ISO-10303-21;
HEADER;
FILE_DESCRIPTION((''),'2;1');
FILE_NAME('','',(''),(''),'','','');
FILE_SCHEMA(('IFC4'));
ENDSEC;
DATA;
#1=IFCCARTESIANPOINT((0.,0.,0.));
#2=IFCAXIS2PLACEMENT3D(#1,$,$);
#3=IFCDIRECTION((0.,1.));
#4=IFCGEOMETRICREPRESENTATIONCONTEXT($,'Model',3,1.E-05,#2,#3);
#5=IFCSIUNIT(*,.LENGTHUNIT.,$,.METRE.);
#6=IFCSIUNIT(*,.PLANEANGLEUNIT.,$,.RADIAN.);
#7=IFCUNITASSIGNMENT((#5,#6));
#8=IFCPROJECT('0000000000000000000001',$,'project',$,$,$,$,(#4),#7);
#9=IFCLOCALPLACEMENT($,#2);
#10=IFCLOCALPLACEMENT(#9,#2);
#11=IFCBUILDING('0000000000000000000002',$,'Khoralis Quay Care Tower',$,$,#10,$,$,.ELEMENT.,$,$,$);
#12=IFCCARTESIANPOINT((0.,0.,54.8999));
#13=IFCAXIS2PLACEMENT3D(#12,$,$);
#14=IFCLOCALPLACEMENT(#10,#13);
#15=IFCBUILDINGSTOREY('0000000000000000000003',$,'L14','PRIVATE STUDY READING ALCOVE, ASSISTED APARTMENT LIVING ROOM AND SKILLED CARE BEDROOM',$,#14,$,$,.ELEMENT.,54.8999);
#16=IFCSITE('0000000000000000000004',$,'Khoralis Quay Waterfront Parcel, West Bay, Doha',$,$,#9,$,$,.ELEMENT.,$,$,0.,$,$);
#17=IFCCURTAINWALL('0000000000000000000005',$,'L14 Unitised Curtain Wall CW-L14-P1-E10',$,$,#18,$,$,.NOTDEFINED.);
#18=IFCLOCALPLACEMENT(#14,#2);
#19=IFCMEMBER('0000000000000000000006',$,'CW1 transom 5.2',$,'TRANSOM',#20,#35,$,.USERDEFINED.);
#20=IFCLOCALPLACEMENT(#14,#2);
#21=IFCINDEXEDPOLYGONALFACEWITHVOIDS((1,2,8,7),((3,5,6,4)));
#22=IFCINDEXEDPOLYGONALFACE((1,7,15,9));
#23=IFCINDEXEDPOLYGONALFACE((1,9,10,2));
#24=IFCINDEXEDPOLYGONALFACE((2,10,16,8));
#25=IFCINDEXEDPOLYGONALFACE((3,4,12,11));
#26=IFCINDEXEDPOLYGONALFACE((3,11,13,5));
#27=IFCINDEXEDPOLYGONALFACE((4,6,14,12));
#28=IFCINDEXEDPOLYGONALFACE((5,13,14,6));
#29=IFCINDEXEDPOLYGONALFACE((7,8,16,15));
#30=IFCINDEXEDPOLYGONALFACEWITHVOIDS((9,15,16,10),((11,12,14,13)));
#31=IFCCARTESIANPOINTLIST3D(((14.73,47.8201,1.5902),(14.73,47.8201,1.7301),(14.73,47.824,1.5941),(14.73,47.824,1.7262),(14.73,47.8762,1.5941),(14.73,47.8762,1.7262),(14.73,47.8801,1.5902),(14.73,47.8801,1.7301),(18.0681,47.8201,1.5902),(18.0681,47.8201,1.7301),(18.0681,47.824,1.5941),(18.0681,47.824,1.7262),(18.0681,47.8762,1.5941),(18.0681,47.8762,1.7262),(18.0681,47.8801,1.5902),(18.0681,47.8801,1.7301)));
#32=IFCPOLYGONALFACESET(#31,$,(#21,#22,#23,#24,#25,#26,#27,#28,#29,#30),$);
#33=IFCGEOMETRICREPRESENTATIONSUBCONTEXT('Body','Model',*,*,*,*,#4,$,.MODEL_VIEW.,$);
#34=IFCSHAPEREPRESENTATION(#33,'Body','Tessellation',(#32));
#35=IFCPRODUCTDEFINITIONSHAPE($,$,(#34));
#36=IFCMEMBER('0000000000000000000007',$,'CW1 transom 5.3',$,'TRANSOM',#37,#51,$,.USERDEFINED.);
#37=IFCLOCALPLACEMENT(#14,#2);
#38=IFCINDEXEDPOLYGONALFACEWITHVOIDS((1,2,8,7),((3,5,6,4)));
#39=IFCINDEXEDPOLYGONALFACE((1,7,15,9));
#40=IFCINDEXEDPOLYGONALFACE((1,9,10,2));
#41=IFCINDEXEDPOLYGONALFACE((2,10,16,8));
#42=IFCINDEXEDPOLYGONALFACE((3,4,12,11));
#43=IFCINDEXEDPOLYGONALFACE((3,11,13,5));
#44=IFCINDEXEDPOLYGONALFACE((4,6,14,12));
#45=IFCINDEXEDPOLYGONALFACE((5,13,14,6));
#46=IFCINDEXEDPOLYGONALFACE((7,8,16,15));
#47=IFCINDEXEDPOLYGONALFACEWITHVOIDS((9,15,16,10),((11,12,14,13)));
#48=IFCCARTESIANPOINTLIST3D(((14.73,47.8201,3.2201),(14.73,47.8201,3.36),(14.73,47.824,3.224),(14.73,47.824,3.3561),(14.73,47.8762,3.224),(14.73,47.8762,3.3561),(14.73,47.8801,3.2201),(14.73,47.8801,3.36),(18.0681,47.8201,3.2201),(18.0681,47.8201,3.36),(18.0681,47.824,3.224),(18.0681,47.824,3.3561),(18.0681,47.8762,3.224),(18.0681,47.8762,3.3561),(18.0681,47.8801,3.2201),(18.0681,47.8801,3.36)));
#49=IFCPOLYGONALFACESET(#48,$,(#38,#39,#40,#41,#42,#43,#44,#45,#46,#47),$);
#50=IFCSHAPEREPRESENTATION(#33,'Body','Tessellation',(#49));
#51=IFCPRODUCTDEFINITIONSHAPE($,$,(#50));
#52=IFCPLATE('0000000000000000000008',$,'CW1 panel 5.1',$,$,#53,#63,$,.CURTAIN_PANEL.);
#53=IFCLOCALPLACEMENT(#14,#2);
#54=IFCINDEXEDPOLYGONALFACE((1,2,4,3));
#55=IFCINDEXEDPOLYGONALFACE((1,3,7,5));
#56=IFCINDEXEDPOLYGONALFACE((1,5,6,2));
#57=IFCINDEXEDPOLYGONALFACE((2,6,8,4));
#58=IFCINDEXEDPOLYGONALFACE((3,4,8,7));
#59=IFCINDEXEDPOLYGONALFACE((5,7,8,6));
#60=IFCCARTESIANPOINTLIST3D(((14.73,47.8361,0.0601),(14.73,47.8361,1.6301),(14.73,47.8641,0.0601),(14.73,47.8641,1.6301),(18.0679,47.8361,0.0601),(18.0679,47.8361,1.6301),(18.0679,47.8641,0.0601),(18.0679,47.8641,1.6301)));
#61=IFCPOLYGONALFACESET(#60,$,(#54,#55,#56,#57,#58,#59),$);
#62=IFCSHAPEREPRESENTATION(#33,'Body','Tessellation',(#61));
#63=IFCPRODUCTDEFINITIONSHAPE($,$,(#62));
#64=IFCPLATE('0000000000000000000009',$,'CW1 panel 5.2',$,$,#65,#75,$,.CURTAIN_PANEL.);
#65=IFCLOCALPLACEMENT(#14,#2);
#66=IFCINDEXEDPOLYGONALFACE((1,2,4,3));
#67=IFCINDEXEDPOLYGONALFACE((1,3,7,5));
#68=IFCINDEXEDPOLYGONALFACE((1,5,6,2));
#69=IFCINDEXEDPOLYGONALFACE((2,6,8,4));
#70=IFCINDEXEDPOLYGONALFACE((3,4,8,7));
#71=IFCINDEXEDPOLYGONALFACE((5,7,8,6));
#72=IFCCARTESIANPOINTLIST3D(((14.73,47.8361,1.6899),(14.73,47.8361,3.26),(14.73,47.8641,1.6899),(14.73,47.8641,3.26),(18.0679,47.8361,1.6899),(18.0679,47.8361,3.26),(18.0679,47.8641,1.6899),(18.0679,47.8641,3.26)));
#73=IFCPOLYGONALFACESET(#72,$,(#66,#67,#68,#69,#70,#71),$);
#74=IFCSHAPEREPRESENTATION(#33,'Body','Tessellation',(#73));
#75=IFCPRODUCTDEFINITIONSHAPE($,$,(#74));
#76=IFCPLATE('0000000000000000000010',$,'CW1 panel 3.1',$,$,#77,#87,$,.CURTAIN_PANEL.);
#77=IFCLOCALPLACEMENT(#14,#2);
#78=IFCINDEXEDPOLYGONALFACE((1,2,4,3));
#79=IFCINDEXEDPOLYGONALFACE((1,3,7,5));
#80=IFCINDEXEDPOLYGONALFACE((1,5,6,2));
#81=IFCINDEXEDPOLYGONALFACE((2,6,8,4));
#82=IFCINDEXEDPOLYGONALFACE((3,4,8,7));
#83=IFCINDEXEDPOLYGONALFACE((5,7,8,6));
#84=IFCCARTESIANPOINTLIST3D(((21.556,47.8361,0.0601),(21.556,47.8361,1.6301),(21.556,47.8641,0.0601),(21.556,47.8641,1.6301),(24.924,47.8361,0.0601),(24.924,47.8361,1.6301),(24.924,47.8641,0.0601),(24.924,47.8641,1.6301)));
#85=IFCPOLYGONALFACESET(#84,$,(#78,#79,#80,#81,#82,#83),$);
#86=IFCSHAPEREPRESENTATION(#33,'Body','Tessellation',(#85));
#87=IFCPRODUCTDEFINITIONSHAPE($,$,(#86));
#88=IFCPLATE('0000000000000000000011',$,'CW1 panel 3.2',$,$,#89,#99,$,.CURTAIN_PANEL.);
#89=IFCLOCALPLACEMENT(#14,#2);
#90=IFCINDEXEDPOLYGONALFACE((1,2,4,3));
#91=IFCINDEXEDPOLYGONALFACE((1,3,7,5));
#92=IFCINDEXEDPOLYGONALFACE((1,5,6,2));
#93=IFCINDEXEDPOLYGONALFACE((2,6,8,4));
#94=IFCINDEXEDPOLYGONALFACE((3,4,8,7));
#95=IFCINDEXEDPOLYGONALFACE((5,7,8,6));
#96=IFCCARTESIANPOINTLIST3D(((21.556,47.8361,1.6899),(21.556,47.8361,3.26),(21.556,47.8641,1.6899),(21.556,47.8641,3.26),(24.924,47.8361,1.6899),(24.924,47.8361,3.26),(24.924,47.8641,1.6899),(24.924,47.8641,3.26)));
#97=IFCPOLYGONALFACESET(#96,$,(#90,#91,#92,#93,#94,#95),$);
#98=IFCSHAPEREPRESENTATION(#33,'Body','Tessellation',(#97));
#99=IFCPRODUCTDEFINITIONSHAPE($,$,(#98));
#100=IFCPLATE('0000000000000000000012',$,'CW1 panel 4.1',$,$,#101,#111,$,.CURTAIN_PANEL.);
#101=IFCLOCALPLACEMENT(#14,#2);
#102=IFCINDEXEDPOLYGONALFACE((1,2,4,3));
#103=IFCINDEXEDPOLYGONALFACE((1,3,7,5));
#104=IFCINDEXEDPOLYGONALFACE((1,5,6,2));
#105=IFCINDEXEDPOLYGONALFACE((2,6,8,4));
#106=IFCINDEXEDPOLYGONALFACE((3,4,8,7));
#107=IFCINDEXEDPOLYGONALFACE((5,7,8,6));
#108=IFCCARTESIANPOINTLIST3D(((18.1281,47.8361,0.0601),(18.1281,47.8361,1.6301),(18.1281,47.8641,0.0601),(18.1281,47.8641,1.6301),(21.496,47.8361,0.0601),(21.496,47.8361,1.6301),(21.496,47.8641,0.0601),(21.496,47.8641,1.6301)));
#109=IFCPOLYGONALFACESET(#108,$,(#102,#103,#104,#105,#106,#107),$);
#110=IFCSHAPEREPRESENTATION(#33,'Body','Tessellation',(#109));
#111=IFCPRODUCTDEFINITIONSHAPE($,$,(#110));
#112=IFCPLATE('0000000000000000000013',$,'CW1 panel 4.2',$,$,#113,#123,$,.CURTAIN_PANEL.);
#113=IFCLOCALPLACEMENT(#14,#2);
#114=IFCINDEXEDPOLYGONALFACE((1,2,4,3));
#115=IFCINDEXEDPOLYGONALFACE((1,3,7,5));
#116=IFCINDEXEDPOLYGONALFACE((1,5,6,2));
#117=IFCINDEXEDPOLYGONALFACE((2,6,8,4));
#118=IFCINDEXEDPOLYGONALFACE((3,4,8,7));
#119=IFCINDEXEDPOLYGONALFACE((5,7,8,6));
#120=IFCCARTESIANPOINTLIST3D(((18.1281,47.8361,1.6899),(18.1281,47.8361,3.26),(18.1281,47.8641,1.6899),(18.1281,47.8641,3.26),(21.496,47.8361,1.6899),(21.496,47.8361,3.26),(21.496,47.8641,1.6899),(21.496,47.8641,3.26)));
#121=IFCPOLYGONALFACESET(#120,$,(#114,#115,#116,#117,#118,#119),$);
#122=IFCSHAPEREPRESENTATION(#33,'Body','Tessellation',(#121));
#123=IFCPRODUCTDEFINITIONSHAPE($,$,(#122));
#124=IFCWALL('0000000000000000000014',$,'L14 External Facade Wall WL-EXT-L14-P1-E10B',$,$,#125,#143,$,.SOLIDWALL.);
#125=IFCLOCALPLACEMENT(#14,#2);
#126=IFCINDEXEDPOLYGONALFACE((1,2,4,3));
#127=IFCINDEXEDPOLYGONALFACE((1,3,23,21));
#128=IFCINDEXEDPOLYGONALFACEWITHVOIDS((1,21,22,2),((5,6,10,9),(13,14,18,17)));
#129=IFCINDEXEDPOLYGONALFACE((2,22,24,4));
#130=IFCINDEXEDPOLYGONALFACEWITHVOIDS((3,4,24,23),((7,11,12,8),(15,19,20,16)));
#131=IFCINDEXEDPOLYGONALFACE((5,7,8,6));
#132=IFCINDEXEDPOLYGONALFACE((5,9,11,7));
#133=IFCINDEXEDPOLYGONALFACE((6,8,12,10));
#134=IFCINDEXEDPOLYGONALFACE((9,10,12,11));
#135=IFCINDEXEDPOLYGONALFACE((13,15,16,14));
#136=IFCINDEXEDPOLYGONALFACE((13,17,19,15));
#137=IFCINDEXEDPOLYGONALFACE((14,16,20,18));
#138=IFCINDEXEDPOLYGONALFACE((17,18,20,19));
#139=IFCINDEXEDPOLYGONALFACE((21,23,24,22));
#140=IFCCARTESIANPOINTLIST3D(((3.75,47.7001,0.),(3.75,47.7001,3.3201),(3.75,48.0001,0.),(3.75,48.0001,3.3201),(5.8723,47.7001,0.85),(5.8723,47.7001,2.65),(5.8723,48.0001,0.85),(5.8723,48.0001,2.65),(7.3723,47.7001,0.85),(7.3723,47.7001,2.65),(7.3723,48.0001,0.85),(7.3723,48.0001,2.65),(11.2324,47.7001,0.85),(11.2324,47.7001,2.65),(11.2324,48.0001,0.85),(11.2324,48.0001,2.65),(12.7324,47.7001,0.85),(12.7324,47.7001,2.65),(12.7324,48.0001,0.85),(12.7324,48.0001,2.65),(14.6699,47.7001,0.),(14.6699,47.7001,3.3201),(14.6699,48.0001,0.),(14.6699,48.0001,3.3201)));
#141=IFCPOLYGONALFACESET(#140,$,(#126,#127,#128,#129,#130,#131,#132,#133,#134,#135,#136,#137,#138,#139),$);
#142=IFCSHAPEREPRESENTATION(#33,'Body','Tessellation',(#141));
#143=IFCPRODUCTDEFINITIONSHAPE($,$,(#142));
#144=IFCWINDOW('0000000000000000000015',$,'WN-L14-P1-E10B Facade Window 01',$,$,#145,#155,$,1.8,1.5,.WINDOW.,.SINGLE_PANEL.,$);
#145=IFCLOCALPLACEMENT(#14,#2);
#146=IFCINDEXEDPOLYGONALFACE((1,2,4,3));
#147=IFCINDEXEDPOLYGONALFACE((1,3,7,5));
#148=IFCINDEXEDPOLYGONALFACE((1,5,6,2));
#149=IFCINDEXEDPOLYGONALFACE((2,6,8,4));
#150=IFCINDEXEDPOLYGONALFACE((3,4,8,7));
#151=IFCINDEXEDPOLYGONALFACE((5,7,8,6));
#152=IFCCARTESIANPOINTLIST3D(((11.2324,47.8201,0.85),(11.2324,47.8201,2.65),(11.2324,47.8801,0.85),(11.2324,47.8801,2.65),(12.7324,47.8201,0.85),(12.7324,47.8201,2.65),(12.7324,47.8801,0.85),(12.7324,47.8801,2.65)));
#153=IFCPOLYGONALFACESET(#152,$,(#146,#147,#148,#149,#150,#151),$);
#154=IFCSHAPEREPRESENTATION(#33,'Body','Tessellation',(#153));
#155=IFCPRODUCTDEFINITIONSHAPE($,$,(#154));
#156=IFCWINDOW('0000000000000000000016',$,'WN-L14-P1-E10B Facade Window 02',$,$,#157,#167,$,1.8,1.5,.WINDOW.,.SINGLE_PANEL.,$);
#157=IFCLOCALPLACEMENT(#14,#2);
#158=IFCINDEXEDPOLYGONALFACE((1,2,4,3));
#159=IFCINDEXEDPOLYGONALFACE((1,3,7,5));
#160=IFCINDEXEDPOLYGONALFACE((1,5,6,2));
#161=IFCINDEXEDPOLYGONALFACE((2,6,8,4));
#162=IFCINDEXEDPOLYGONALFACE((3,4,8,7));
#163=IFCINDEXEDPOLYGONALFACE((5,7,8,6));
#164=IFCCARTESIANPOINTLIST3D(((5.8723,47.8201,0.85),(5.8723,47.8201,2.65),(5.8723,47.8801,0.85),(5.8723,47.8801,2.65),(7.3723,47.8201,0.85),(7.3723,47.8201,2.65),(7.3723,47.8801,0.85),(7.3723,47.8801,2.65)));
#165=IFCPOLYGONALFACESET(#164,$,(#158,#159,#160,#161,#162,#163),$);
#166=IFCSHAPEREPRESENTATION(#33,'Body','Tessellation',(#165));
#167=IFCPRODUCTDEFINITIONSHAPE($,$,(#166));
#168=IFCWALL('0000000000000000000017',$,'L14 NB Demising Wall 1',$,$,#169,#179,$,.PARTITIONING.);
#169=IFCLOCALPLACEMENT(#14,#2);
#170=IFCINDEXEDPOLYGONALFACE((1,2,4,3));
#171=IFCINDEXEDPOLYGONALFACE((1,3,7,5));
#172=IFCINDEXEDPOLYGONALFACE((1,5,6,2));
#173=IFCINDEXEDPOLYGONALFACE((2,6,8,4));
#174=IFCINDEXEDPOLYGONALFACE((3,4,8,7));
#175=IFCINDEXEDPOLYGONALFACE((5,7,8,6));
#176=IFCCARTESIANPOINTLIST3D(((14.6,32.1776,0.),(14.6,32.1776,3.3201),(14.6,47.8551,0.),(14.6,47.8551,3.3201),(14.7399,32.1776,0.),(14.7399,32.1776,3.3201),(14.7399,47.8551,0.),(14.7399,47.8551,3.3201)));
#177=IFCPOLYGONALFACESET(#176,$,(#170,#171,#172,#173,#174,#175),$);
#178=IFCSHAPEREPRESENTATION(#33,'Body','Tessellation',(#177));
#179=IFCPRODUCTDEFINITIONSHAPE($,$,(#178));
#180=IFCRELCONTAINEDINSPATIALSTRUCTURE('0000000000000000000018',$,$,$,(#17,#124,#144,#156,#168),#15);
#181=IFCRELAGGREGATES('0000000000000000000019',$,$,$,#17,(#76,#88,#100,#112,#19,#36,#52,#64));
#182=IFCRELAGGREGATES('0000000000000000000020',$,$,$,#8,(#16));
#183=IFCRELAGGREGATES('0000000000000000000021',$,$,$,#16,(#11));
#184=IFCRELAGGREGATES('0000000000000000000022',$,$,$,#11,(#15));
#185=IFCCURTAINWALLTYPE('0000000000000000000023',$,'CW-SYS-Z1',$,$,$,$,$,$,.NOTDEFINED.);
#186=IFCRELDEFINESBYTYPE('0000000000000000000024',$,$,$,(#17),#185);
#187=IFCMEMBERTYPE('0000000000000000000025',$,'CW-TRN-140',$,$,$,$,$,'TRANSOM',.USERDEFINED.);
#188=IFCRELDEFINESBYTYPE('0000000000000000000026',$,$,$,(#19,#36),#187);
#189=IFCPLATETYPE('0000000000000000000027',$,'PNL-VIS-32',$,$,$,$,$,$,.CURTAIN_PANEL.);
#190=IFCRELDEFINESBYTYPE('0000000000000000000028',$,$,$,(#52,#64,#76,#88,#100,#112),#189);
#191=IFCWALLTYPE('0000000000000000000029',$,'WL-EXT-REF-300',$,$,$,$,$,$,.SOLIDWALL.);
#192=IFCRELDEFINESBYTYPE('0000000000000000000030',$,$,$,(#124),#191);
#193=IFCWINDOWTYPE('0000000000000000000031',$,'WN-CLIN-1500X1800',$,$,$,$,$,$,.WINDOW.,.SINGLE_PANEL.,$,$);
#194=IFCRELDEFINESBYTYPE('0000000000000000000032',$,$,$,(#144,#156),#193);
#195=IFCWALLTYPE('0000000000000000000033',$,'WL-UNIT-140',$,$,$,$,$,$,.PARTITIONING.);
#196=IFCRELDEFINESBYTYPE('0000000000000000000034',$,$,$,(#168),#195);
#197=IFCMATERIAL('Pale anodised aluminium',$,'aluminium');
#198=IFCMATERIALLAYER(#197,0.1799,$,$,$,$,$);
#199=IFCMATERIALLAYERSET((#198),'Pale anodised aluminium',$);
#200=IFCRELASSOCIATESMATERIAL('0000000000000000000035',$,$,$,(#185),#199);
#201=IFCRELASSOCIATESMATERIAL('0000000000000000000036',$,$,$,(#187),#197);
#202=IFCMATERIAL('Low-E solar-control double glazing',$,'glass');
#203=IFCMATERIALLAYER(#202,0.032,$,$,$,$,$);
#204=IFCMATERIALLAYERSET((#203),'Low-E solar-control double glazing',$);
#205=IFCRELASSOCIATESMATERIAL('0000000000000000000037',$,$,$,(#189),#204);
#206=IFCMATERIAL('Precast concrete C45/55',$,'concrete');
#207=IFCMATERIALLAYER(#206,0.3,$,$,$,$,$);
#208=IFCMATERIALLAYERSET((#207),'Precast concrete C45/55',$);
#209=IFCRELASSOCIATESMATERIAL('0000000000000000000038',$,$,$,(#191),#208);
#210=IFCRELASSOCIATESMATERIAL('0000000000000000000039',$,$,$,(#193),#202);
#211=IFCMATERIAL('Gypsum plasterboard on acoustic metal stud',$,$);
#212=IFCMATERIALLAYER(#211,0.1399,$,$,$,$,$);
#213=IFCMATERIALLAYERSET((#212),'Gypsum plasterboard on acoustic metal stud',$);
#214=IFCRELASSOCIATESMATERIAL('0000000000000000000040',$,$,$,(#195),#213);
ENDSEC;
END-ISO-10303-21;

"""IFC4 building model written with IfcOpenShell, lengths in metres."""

from ifc_helpers import new_model, si_unit, direction, frame, frame_2d, origin, origin_2d, place, context, subcontext, project, spatial, rectangle, hollow_rectangle, extrude, source, transform, mapped, material, layer, layer_set, material_profile, profile_set, type_object, element, fill, aggregate, save


model = new_model("IFC4")

# Units and contexts
model_context = context("Model", 3, precision=1e-05, world=origin(), true_north=direction((0.0, 1.0)))
body_context = subcontext(model_context, "Body", "Model", "MODEL_VIEW")
ifc_project = project(units=[si_unit("LENGTHUNIT", "METRE"), si_unit("PLANEANGLEUNIT", "RADIAN")], contexts=[model_context])

# Site, building, storey
site_placement = place(None, origin())
site = spatial("IfcSite", under=ifc_project, at=site_placement, Name="Khoralis Quay Waterfront Parcel, West Bay, Doha", CompositionType="ELEMENT", RefElevation=0.0)
building_placement = place(site_placement, origin())
building = spatial("IfcBuilding", under=site, at=building_placement, Name="Khoralis Quay Care Tower", CompositionType="ELEMENT")
storey_placement = place(building_placement, frame((0.0, 0.0, 54.8999)))
storey = spatial("IfcBuildingStorey", under=building, at=storey_placement, Name="L14", Description="PRIVATE STUDY READING ALCOVE, ASSISTED APARTMENT LIVING ROOM AND SKILLED CARE BEDROOM", CompositionType="ELEMENT", Elevation=54.8999)

# Curtain wall, members, plates
ifc_material_1 = material(Name="Pale anodised aluminium", Category="aluminium")
ifc_layer_1 = layer(ifc_material_1, 0.1799)
ifc_layer_set_1 = layer_set([ifc_layer_1], Name="Pale anodised aluminium")
curtain_wall_type = type_object("IfcCurtainWallType", Name="CW-SYS-Z1", PredefinedType="NOTDEFINED", material=ifc_layer_set_1)
curtain_wall_placement = place(storey_placement, origin())
curtain_wall = element("IfcCurtainWall", 1, at=curtain_wall_placement, inside=storey, type_object=curtain_wall_type, Name="L14 Unitised Curtain Wall CW-L14-P1-E10", PredefinedType="NOTDEFINED")
ifc_material_profile_1 = material_profile(ifc_material_1, hollow_rectangle(XDim=0.0601, YDim=0.1399, WallThickness=0.0039, at=origin_2d()), Name="Pale anodised aluminium")
ifc_profile_set_1 = profile_set([ifc_material_profile_1], Name="Pale anodised aluminium")
member_type_1 = type_object("IfcMemberType", Name="CW-TRN-140", ElementType="TRANSOM", PredefinedType="USERDEFINED", material=ifc_profile_set_1)
shared_shape_1 = source(origin(), body_context, "Body", "SweptSolid", [
    extrude(hollow_rectangle(XDim=0.0601, YDim=0.1399, WallThickness=0.0039, at=origin_2d()), origin(), (0.0, 0.0, 1.0), 3.3381),
])
member_1_placement = place(storey_placement, frame((18.0681, 47.8501, 1.6602), z_axis=(-1.0, 0.0, 0.0), x_axis=(0.0, -1.0, 0.0)))
member_1 = element("IfcMember", 2, at=member_1_placement, type_object=member_type_1, Name="CW1 transom 5.2", ObjectType="TRANSOM", PredefinedType="USERDEFINED", context=body_context, shape_type="MappedRepresentation", body=[
    mapped(shared_shape_1, transform((0.0, 0.0, 0.0), scale=1.0)),
])
member_2_placement = place(storey_placement, frame((18.0681, 47.8501, 3.29), z_axis=(-1.0, 0.0, 0.0), x_axis=(0.0, -1.0, 0.0)))
member_2 = element("IfcMember", 3, at=member_2_placement, type_object=member_type_1, Name="CW1 transom 5.3", ObjectType="TRANSOM", PredefinedType="USERDEFINED", context=body_context, shape_type="MappedRepresentation", body=[
    mapped(shared_shape_1, transform((0.0, 0.0, 0.0), scale=1.0)),
])
ifc_material_2 = material(Name="Low-E solar-control double glazing", Category="glass")
ifc_layer_2 = layer(ifc_material_2, 0.032)
ifc_layer_set_2 = layer_set([ifc_layer_2], Name="Low-E solar-control double glazing")
plate_type = type_object("IfcPlateType", Name="PNL-VIS-32", PredefinedType="CURTAIN_PANEL", material=ifc_layer_set_2)
shared_shape_2 = source(origin(), body_context, "Body", "SweptSolid", [
    extrude(rectangle(XDim=3.3379, YDim=0.0281, at=origin_2d()), origin(), (0.0, 0.0, 1.0), 1.5701),
])
plate_1_placement = place(storey_placement, frame((16.3989, 47.8501, 0.0601), z_axis=(0.0, 0.0, 1.0), x_axis=(-1.0, 0.0, 0.0)))
plate_1 = element("IfcPlate", 4, at=plate_1_placement, type_object=plate_type, Name="CW1 panel 5.1", PredefinedType="CURTAIN_PANEL", context=body_context, shape_type="MappedRepresentation", body=[
    mapped(shared_shape_2, transform((0.0, 0.0, 0.0), scale=1.0)),
])
plate_2_placement = place(storey_placement, frame((16.3989, 47.8501, 1.6899), z_axis=(0.0, 0.0, 1.0), x_axis=(-1.0, 0.0, 0.0)))
plate_2 = element("IfcPlate", 5, at=plate_2_placement, type_object=plate_type, Name="CW1 panel 5.2", PredefinedType="CURTAIN_PANEL", context=body_context, shape_type="MappedRepresentation", body=[
    mapped(shared_shape_2, transform((0.0, 0.0, 0.0), scale=1.0)),
])
shared_shape_3 = source(origin(), body_context, "Body", "SweptSolid", [
    extrude(rectangle(XDim=3.3679, YDim=0.0281, at=origin_2d()), origin(), (0.0, 0.0, 1.0), 1.5701),
])
plate_3_placement = place(storey_placement, frame((23.24, 47.8501, 0.0601), z_axis=(0.0, 0.0, 1.0), x_axis=(-1.0, 0.0, 0.0)))
plate_3 = element("IfcPlate", 6, at=plate_3_placement, type_object=plate_type, Name="CW1 panel 3.1", PredefinedType="CURTAIN_PANEL", context=body_context, shape_type="MappedRepresentation", body=[
    mapped(shared_shape_3, transform((0.0, 0.0, 0.0), scale=1.0)),
])
plate_4_placement = place(storey_placement, frame((23.24, 47.8501, 1.6899), z_axis=(0.0, 0.0, 1.0), x_axis=(-1.0, 0.0, 0.0)))
plate_4 = element("IfcPlate", 7, at=plate_4_placement, type_object=plate_type, Name="CW1 panel 3.2", PredefinedType="CURTAIN_PANEL", context=body_context, shape_type="MappedRepresentation", body=[
    mapped(shared_shape_3, transform((0.0, 0.0, 0.0), scale=1.0)),
])
plate_5_placement = place(storey_placement, frame((19.812, 47.8501, 0.0601), z_axis=(0.0, 0.0, 1.0), x_axis=(-1.0, 0.0, 0.0)))
plate_5 = element("IfcPlate", 8, at=plate_5_placement, type_object=plate_type, Name="CW1 panel 4.1", PredefinedType="CURTAIN_PANEL", context=body_context, shape_type="MappedRepresentation", body=[
    mapped(shared_shape_3, transform((0.0, 0.0, 0.0), scale=1.0)),
])
plate_6_placement = place(storey_placement, frame((19.812, 47.8501, 1.6899), z_axis=(0.0, 0.0, 1.0), x_axis=(-1.0, 0.0, 0.0)))
plate_6 = element("IfcPlate", 9, at=plate_6_placement, type_object=plate_type, Name="CW1 panel 4.2", PredefinedType="CURTAIN_PANEL", context=body_context, shape_type="MappedRepresentation", body=[
    mapped(shared_shape_3, transform((0.0, 0.0, 0.0), scale=1.0)),
])
aggregate(curtain_wall, [plate_3, plate_4, plate_5, plate_6, member_1, member_2, plate_1, plate_2])

# Wall, openings, windows
ifc_material_3 = material(Name="Precast concrete C45/55", Category="concrete")
ifc_layer_3 = layer(ifc_material_3, 0.3)
ifc_layer_set_3 = layer_set([ifc_layer_3], Name="Precast concrete C45/55")
wall_type_1 = type_object("IfcWallType", Name="WL-EXT-REF-300", PredefinedType="SOLIDWALL", material=ifc_layer_set_3)
wall_1_placement = place(storey_placement, frame((14.6699, 47.8501, 0.0), z_axis=(0.0, 0.0, 1.0), x_axis=(-1.0, 0.0, 0.0)))
wall_1 = element("IfcWall", 10, at=wall_1_placement, inside=storey, type_object=wall_type_1, Name="L14 External Facade Wall WL-EXT-L14-P1-E10B", PredefinedType="SOLIDWALL", context=body_context, shape_type="SweptSolid", body=[
    extrude(rectangle(XDim=10.9199, YDim=0.3, at=frame_2d((5.46, 0.0))), origin(), (0.0, 0.0, 1.0), 3.3201),
])
opening_1_placement = place(wall_1_placement, frame((1.9375, 0.0, 0.8501)))
opening_1 = element("IfcOpeningElement", 11, at=opening_1_placement, cuts=wall_1, PredefinedType="OPENING", context=body_context, shape_type="SweptSolid", body=[
    extrude(rectangle(XDim=1.5, YDim=1.8, at=frame_2d((0.75, 0.8999))), frame((0.0, 0.1602, 0.0), z_axis=(0.0, -1.0, 0.0), x_axis=(1.0, 0.0, 0.0)), (0.0, 0.0, 1.0), 0.3201),
])
opening_2_placement = place(wall_1_placement, frame((7.2976, 0.0, 0.8501)))
opening_2 = element("IfcOpeningElement", 12, at=opening_2_placement, cuts=wall_1, PredefinedType="OPENING", context=body_context, shape_type="SweptSolid", body=[
    extrude(rectangle(XDim=1.5, YDim=1.8, at=frame_2d((0.75, 0.8999))), frame((0.0, 0.1602, 0.0), z_axis=(0.0, -1.0, 0.0), x_axis=(1.0, 0.0, 0.0)), (0.0, 0.0, 1.0), 0.3201),
])
window_type = type_object("IfcWindowType", Name="WN-CLIN-1500X1800", PartitioningType="SINGLE_PANEL", PredefinedType="WINDOW", material=ifc_material_2)
shared_shape_4 = source(origin(), body_context, "Body", "SweptSolid", [
    extrude(rectangle(XDim=1.5, YDim=1.8, at=frame_2d((0.75, 0.8999))), frame((0.0, 0.03, 0.0), z_axis=(0.0, -1.0, 0.0), x_axis=(1.0, 0.0, 0.0)), (0.0, 0.0, 1.0), 0.0601),
])
window_1_placement = place(opening_1_placement, origin())
window_1 = element("IfcWindow", 13, at=window_1_placement, inside=storey, type_object=window_type, Name="WN-L14-P1-E10B Facade Window 01", OverallHeight=1.8, OverallWidth=1.5, PartitioningType="SINGLE_PANEL", PredefinedType="WINDOW", context=body_context, shape_type="MappedRepresentation", body=[
    mapped(shared_shape_4, transform((0.0, 0.0, 0.0), scale=1.0)),
])
fill(opening_1, window_1)
window_2_placement = place(opening_2_placement, origin())
window_2 = element("IfcWindow", 14, at=window_2_placement, inside=storey, type_object=window_type, Name="WN-L14-P1-E10B Facade Window 02", OverallHeight=1.8, OverallWidth=1.5, PartitioningType="SINGLE_PANEL", PredefinedType="WINDOW", context=body_context, shape_type="MappedRepresentation", body=[
    mapped(shared_shape_4, transform((0.0, 0.0, 0.0), scale=1.0)),
])
fill(opening_2, window_2)

# Wall
ifc_material_4 = material(Name="Gypsum plasterboard on acoustic metal stud")
ifc_layer_4 = layer(ifc_material_4, 0.1399)
ifc_layer_set_4 = layer_set([ifc_layer_4], Name="Gypsum plasterboard on acoustic metal stud")
wall_type_2 = type_object("IfcWallType", Name="WL-UNIT-140", PredefinedType="PARTITIONING", material=ifc_layer_set_4)
wall_2_placement = place(storey_placement, frame((14.6699, 32.1775, 0.0), z_axis=(0.0, 0.0, 1.0), x_axis=(0.0, 1.0, 0.0)))
element("IfcWall", 15, at=wall_2_placement, inside=storey, type_object=wall_type_2, Name="L14 NB Demising Wall 1", PredefinedType="PARTITIONING", context=body_context, shape_type="SweptSolid", body=[
    extrude(rectangle(XDim=15.6775, YDim=0.1399, at=frame_2d((7.8389, 0.0))), origin(), (0.0, 0.0, 1.0), 3.3201),
])

save(model, "model.ifc")
